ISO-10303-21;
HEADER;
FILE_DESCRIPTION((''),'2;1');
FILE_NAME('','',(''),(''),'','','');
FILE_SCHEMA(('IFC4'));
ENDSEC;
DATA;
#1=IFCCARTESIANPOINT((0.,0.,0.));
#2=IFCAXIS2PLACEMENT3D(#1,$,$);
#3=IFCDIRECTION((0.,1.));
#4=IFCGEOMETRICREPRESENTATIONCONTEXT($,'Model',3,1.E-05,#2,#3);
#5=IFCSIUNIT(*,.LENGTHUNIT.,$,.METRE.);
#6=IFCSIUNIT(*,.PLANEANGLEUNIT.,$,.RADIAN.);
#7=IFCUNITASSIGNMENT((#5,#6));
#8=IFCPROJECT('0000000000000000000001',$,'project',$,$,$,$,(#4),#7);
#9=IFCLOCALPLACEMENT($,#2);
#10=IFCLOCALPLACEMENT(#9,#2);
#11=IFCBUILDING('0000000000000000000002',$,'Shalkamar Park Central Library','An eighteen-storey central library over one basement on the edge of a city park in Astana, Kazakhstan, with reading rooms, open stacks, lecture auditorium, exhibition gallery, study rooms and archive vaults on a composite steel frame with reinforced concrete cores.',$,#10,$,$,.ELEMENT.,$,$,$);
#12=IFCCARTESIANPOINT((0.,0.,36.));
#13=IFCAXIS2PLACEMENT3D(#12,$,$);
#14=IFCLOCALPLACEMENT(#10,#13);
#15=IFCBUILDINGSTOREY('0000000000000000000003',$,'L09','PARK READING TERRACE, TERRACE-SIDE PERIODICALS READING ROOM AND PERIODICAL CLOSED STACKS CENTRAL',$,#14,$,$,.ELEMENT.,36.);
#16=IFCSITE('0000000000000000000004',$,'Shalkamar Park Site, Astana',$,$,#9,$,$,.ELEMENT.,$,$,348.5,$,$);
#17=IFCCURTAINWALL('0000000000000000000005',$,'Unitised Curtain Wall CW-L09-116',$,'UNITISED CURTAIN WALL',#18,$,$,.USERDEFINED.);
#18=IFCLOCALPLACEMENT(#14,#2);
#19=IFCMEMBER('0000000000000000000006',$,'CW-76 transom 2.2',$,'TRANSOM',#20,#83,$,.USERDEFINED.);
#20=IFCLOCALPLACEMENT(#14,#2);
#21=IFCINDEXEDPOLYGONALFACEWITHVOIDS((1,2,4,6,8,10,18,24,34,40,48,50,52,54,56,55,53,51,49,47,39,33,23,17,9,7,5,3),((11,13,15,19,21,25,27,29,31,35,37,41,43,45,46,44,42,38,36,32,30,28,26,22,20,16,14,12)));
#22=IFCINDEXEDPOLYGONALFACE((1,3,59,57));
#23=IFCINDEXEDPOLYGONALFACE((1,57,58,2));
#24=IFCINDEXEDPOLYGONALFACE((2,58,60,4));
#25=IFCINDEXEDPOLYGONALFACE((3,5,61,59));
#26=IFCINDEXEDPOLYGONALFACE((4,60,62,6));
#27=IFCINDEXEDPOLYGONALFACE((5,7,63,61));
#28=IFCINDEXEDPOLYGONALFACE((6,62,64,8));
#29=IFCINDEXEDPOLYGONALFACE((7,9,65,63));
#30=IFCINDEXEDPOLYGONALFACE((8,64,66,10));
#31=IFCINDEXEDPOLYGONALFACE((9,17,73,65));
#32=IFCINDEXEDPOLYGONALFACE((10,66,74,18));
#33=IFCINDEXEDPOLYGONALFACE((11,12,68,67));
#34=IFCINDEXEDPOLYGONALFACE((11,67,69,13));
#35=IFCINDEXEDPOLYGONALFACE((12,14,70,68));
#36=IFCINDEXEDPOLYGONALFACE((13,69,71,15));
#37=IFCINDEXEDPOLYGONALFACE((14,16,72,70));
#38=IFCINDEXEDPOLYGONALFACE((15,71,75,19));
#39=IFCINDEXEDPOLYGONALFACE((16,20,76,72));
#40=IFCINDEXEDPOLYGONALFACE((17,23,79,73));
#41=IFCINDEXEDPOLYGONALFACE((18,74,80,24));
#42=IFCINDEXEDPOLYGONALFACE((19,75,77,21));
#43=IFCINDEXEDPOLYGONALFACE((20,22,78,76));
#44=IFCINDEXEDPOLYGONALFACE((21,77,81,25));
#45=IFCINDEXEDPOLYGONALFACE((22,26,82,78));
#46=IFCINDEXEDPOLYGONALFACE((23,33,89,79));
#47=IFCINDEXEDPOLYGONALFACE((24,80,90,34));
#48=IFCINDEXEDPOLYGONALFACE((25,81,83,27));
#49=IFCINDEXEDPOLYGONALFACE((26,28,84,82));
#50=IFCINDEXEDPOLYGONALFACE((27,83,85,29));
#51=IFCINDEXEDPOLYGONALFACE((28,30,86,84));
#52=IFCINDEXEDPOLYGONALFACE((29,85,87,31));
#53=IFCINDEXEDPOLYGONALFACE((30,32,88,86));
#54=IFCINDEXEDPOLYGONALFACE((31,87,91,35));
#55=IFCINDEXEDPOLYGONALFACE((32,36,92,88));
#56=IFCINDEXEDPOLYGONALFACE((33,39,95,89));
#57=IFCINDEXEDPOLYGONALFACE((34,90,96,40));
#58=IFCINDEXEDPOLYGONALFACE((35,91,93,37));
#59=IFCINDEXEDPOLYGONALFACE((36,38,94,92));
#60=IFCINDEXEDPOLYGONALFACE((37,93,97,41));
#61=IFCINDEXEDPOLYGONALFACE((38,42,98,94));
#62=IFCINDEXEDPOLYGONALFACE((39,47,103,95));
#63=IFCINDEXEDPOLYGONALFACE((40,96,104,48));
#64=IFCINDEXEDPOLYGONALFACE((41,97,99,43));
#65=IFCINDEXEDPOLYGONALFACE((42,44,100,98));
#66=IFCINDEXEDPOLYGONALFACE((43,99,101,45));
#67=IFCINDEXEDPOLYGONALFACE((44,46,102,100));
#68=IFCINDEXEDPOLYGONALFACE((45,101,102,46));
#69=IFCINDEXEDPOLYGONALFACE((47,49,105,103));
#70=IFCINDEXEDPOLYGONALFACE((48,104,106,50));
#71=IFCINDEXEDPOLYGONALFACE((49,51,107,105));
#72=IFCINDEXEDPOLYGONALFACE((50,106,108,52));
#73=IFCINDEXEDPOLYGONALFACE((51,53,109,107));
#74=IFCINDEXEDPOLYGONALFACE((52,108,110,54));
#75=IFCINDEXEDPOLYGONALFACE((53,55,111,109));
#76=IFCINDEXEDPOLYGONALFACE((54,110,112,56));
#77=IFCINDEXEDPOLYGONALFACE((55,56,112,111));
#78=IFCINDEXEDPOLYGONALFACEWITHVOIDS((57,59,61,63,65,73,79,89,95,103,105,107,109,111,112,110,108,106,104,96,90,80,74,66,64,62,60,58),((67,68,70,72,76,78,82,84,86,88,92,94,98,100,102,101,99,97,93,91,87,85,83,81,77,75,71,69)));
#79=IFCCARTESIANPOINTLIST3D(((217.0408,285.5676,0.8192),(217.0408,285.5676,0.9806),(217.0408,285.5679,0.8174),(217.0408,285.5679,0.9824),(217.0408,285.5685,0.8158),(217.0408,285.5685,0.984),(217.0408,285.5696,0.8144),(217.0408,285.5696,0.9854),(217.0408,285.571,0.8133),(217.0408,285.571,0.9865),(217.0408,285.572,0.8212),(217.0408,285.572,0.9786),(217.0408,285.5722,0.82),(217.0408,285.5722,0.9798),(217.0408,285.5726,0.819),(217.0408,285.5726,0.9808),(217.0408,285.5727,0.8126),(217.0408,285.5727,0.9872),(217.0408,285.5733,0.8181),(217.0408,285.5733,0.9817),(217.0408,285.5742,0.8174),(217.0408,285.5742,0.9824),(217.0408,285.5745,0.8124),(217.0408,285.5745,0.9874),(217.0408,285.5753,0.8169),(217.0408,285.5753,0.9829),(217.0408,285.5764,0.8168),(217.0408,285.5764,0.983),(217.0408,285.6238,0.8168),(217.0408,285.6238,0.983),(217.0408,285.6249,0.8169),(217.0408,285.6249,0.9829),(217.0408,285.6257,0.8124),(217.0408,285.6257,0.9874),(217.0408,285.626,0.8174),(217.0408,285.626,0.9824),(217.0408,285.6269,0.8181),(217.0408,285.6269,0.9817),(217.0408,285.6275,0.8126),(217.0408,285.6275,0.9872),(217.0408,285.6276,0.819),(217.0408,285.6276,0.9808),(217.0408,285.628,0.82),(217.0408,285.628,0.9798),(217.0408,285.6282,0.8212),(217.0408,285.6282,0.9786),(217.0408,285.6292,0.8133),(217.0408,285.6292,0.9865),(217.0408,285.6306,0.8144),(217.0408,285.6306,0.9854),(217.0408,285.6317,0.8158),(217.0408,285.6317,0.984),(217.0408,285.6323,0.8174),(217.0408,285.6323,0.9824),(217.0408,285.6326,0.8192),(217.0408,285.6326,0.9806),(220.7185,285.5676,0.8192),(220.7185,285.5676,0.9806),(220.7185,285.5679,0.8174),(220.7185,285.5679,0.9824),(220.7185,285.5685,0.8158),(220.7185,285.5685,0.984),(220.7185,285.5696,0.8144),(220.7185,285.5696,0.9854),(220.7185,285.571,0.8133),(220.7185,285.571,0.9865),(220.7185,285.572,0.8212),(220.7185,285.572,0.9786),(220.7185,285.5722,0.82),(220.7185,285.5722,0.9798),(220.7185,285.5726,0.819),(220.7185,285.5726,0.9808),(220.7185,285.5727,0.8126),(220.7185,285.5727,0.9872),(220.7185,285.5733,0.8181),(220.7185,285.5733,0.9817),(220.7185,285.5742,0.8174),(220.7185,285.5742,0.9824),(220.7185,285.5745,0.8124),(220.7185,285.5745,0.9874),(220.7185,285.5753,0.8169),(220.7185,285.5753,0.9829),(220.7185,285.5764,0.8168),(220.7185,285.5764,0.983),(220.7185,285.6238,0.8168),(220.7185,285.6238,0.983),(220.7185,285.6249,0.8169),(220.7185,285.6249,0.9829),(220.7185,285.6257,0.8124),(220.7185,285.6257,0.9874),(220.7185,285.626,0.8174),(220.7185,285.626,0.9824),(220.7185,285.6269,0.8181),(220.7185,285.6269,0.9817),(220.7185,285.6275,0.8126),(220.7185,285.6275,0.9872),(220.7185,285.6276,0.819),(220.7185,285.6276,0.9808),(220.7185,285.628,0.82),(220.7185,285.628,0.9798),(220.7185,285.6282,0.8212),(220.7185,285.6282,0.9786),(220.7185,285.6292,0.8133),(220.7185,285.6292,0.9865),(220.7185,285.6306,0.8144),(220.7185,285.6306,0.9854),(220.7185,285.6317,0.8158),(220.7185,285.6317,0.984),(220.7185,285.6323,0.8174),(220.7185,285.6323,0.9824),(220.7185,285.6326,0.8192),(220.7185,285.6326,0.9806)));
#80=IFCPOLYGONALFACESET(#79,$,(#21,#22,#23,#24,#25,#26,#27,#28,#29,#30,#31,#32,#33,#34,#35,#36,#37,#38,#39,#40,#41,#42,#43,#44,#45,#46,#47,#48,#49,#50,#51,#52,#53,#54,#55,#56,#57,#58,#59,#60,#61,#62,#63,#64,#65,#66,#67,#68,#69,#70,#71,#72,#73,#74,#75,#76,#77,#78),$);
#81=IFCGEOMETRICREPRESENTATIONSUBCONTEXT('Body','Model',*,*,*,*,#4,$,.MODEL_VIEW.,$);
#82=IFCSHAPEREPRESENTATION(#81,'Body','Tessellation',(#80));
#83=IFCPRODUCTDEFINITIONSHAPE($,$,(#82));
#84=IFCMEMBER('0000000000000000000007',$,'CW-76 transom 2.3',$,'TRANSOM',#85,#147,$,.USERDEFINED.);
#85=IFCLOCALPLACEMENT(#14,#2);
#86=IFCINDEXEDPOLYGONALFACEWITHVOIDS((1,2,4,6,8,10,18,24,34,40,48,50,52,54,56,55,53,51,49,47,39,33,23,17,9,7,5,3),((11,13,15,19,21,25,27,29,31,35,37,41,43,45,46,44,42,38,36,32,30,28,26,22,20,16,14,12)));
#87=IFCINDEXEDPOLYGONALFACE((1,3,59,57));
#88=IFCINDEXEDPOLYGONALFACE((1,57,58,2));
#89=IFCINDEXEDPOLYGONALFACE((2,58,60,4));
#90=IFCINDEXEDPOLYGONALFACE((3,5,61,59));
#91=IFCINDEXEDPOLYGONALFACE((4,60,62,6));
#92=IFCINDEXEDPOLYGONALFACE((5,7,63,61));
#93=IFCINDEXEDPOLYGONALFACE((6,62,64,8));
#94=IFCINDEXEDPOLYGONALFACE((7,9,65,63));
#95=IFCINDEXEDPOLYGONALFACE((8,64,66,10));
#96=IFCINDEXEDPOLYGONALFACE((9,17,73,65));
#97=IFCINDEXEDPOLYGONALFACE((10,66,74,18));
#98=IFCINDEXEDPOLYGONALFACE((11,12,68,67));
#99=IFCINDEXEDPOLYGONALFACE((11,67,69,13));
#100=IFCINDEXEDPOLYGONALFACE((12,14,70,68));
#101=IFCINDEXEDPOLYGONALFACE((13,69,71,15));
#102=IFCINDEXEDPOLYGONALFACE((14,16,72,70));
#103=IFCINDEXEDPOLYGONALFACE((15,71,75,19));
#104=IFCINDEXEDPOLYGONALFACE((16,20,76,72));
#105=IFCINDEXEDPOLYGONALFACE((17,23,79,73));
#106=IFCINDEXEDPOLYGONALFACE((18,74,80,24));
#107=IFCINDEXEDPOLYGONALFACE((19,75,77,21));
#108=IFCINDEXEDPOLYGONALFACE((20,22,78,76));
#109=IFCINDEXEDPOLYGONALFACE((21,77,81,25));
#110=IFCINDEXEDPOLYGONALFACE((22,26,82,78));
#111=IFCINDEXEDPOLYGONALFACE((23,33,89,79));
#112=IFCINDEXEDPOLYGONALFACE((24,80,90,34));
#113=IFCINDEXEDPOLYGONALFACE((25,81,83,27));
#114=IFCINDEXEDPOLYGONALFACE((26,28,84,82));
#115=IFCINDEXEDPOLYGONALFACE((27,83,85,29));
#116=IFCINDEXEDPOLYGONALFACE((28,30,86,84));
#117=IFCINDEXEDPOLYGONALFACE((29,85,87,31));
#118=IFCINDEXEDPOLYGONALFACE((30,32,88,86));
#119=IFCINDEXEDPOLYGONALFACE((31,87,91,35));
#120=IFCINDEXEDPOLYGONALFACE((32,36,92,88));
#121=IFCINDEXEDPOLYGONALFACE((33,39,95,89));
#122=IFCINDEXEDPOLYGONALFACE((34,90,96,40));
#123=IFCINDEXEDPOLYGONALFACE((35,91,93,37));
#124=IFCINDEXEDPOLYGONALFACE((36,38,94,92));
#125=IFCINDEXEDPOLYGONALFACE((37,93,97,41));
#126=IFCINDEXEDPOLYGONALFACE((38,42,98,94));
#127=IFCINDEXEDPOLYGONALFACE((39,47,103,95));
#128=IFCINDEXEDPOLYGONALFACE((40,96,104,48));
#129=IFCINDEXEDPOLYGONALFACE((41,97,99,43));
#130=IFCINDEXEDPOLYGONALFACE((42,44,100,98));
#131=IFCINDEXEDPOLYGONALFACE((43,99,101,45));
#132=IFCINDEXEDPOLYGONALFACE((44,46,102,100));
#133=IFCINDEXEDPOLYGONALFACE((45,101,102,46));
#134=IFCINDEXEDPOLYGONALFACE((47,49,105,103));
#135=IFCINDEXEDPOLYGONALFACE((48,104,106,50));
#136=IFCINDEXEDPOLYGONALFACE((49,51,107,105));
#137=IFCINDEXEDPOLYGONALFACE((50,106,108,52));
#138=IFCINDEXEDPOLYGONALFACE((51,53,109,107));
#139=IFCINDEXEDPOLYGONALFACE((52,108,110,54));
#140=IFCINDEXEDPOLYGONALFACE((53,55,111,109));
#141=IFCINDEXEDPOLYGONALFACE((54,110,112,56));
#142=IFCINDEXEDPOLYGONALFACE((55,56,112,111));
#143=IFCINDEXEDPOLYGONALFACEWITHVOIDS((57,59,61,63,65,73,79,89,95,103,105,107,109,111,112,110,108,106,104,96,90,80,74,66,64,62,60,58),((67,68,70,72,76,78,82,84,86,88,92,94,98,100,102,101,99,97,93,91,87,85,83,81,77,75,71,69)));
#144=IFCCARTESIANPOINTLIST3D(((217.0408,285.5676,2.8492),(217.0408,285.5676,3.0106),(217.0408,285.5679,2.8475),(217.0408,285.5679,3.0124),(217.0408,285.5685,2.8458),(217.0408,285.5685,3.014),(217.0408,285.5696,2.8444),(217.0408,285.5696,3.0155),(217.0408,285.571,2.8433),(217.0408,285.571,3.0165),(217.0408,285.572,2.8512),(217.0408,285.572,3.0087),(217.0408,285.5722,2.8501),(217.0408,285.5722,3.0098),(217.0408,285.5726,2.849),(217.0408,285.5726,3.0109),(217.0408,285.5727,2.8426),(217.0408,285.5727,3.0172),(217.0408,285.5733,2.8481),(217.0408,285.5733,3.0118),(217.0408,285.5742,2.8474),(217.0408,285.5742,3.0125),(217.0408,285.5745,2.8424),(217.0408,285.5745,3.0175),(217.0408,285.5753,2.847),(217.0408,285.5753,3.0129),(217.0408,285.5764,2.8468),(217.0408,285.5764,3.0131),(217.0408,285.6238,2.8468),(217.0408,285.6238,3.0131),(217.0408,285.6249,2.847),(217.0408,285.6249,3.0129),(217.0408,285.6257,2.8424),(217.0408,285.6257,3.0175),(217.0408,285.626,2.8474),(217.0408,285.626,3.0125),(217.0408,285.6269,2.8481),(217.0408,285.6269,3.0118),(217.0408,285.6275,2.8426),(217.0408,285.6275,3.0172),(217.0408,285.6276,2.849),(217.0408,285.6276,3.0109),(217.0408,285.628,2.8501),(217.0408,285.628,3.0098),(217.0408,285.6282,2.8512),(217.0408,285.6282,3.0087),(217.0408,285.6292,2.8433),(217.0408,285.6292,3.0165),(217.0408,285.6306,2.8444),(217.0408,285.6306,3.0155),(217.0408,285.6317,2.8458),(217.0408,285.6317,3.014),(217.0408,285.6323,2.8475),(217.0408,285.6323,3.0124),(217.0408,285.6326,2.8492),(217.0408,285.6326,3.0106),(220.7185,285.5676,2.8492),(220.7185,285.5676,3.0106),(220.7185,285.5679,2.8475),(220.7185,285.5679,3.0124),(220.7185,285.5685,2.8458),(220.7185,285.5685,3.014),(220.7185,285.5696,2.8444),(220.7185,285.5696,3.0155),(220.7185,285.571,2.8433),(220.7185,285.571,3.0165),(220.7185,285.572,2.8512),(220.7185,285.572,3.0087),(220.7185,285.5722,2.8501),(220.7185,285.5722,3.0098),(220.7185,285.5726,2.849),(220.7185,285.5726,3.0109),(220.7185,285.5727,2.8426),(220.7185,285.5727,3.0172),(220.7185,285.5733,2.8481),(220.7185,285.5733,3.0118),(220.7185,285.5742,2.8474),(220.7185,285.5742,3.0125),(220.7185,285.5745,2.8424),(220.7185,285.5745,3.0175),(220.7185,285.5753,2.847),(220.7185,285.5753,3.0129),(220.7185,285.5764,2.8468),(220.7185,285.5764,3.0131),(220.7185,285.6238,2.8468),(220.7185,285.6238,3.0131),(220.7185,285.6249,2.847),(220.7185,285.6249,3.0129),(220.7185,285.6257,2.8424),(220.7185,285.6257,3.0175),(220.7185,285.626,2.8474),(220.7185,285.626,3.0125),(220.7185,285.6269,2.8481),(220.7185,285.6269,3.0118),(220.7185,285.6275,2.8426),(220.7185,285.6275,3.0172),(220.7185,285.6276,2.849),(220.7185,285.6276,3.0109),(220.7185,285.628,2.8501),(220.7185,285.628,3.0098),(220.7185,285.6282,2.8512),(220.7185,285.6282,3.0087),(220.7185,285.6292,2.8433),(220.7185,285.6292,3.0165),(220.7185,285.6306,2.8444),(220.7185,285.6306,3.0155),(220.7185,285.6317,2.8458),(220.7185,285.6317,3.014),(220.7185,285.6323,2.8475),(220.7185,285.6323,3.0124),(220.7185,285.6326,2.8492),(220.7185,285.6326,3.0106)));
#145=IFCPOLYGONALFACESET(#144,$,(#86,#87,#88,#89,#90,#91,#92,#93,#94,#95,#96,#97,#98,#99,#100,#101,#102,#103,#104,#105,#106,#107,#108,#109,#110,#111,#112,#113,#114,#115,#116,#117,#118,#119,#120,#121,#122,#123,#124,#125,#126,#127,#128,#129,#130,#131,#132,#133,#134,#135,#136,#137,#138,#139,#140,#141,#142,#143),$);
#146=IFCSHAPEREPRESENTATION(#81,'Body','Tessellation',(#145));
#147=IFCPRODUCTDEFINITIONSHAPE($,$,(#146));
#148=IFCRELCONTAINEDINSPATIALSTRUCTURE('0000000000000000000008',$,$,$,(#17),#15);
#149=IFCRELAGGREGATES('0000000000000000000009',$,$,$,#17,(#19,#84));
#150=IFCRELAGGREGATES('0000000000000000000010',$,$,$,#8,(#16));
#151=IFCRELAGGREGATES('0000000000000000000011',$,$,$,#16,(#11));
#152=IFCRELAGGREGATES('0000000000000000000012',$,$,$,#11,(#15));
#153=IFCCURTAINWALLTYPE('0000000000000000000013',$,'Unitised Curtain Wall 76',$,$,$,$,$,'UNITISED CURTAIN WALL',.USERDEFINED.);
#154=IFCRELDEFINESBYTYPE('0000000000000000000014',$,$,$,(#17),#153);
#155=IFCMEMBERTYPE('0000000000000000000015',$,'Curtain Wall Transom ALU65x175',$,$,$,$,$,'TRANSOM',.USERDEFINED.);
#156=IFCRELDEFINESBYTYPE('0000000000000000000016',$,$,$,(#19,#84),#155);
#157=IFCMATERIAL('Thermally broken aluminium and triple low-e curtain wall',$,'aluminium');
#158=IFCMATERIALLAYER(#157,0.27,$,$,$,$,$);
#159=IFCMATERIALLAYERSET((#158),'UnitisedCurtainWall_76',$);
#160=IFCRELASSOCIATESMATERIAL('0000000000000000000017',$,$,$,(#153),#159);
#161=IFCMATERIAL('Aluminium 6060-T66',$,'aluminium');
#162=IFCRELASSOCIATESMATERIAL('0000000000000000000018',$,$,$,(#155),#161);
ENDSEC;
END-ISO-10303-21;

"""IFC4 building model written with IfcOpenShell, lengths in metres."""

from ifc_helpers import new_model, si_unit, direction, frame, origin, origin_2d, place, context, subcontext, project, spatial, hollow_rectangle, extrude, material, layer, layer_set, material_profile, profile_set, type_object, element, aggregate, save


model = new_model("IFC4")

# Units and contexts
model_context = context("Model", 3, precision=1e-05, world=origin(), true_north=direction((0.0, 1.0)))
body_context = subcontext(model_context, "Body", "Model", "MODEL_VIEW")
ifc_project = project(units=[si_unit("LENGTHUNIT", "METRE"), si_unit("PLANEANGLEUNIT", "RADIAN")], contexts=[model_context])

# Site, building, storey
site_placement = place(None, origin())
site = spatial("IfcSite", under=ifc_project, at=site_placement, Name="Shalkamar Park Site, Astana", CompositionType="ELEMENT", RefElevation=348.5)
building_placement = place(site_placement, origin())
building = spatial("IfcBuilding", under=site, at=building_placement, Name="Shalkamar Park Central Library", Description="An eighteen-storey central library over one basement on the edge of a city park in Astana, Kazakhstan, with reading rooms, open stacks, lecture auditorium, exhibition gallery, study rooms and archive vaults on a composite steel frame with reinforced concrete cores.", CompositionType="ELEMENT")
storey_placement = place(building_placement, frame((0.0, 0.0, 36.0)))
storey = spatial("IfcBuildingStorey", under=building, at=storey_placement, Name="L09", Description="PARK READING TERRACE, TERRACE-SIDE PERIODICALS READING ROOM AND PERIODICAL CLOSED STACKS CENTRAL", CompositionType="ELEMENT", Elevation=36.0)

# Curtain wall
ifc_material_1 = material(Name="Thermally broken aluminium and triple low-e curtain wall", Category="aluminium")
ifc_layer_1 = layer(ifc_material_1, 0.27)
ifc_layer_set_1 = layer_set([ifc_layer_1], Name="UnitisedCurtainWall_76")
curtain_wall_type_1 = type_object("IfcCurtainWallType", Name="Unitised Curtain Wall 76", ElementType="UNITISED CURTAIN WALL", PredefinedType="USERDEFINED", material=ifc_layer_set_1)
curtain_wall_1_placement = place(storey_placement, origin())
curtain_wall_1 = element("IfcCurtainWall", 1, at=curtain_wall_1_placement, inside=storey, type_object=curtain_wall_type_1, Name="Unitised Curtain Wall CW-L09-116", ObjectType="UNITISED CURTAIN WALL", PredefinedType="USERDEFINED")
ifc_material_2 = material(Name="Aluminium 6060-T66", Category="aluminium")

# Members
ifc_material_profile_1 = material_profile(ifc_material_2, hollow_rectangle(XDim=0.0649, YDim=0.175, WallThickness=0.0044, InnerFilletRadius=0.0044, OuterFilletRadius=0.0068, at=origin_2d()), Name="ALU 65x175x4.5")
ifc_profile_set_1 = profile_set([ifc_material_profile_1], Name="Aluminium 6060-T66")
member_type_1 = type_object("IfcMemberType", Name="Curtain Wall Transom ALU65x175", ElementType="TRANSOM", PredefinedType="USERDEFINED", material=ifc_profile_set_1)
member_1_placement = place(storey_placement, frame((217.0408, 285.6001, 0.8999), z_axis=(1.0, 0.0, 0.0), x_axis=(0.0, 1.0, 0.0)))
member_1 = element("IfcMember", 2, at=member_1_placement, type_object=member_type_1, Name="CW-76 transom 2.2", ObjectType="TRANSOM", PredefinedType="USERDEFINED", context=body_context, shape_type="SweptSolid", body=[
    extrude(hollow_rectangle(XDim=0.0649, YDim=0.175, WallThickness=0.0044, InnerFilletRadius=0.0044, OuterFilletRadius=0.0068, at=origin_2d()), origin(), (0.0, 0.0, 1.0), 3.6777),
])
member_2_placement = place(storey_placement, frame((217.0408, 285.6001, 2.9299), z_axis=(1.0, 0.0, 0.0), x_axis=(0.0, 1.0, 0.0)))
member_2 = element("IfcMember", 3, at=member_2_placement, type_object=member_type_1, Name="CW-76 transom 2.3", ObjectType="TRANSOM", PredefinedType="USERDEFINED", context=body_context, shape_type="SweptSolid", body=[
    extrude(hollow_rectangle(XDim=0.0649, YDim=0.175, WallThickness=0.0044, InnerFilletRadius=0.0044, OuterFilletRadius=0.0068, at=origin_2d()), origin(), (0.0, 0.0, 1.0), 3.6777),
])

aggregate(curtain_wall_1, [member_1, member_2])

save(model, "model.ifc")
